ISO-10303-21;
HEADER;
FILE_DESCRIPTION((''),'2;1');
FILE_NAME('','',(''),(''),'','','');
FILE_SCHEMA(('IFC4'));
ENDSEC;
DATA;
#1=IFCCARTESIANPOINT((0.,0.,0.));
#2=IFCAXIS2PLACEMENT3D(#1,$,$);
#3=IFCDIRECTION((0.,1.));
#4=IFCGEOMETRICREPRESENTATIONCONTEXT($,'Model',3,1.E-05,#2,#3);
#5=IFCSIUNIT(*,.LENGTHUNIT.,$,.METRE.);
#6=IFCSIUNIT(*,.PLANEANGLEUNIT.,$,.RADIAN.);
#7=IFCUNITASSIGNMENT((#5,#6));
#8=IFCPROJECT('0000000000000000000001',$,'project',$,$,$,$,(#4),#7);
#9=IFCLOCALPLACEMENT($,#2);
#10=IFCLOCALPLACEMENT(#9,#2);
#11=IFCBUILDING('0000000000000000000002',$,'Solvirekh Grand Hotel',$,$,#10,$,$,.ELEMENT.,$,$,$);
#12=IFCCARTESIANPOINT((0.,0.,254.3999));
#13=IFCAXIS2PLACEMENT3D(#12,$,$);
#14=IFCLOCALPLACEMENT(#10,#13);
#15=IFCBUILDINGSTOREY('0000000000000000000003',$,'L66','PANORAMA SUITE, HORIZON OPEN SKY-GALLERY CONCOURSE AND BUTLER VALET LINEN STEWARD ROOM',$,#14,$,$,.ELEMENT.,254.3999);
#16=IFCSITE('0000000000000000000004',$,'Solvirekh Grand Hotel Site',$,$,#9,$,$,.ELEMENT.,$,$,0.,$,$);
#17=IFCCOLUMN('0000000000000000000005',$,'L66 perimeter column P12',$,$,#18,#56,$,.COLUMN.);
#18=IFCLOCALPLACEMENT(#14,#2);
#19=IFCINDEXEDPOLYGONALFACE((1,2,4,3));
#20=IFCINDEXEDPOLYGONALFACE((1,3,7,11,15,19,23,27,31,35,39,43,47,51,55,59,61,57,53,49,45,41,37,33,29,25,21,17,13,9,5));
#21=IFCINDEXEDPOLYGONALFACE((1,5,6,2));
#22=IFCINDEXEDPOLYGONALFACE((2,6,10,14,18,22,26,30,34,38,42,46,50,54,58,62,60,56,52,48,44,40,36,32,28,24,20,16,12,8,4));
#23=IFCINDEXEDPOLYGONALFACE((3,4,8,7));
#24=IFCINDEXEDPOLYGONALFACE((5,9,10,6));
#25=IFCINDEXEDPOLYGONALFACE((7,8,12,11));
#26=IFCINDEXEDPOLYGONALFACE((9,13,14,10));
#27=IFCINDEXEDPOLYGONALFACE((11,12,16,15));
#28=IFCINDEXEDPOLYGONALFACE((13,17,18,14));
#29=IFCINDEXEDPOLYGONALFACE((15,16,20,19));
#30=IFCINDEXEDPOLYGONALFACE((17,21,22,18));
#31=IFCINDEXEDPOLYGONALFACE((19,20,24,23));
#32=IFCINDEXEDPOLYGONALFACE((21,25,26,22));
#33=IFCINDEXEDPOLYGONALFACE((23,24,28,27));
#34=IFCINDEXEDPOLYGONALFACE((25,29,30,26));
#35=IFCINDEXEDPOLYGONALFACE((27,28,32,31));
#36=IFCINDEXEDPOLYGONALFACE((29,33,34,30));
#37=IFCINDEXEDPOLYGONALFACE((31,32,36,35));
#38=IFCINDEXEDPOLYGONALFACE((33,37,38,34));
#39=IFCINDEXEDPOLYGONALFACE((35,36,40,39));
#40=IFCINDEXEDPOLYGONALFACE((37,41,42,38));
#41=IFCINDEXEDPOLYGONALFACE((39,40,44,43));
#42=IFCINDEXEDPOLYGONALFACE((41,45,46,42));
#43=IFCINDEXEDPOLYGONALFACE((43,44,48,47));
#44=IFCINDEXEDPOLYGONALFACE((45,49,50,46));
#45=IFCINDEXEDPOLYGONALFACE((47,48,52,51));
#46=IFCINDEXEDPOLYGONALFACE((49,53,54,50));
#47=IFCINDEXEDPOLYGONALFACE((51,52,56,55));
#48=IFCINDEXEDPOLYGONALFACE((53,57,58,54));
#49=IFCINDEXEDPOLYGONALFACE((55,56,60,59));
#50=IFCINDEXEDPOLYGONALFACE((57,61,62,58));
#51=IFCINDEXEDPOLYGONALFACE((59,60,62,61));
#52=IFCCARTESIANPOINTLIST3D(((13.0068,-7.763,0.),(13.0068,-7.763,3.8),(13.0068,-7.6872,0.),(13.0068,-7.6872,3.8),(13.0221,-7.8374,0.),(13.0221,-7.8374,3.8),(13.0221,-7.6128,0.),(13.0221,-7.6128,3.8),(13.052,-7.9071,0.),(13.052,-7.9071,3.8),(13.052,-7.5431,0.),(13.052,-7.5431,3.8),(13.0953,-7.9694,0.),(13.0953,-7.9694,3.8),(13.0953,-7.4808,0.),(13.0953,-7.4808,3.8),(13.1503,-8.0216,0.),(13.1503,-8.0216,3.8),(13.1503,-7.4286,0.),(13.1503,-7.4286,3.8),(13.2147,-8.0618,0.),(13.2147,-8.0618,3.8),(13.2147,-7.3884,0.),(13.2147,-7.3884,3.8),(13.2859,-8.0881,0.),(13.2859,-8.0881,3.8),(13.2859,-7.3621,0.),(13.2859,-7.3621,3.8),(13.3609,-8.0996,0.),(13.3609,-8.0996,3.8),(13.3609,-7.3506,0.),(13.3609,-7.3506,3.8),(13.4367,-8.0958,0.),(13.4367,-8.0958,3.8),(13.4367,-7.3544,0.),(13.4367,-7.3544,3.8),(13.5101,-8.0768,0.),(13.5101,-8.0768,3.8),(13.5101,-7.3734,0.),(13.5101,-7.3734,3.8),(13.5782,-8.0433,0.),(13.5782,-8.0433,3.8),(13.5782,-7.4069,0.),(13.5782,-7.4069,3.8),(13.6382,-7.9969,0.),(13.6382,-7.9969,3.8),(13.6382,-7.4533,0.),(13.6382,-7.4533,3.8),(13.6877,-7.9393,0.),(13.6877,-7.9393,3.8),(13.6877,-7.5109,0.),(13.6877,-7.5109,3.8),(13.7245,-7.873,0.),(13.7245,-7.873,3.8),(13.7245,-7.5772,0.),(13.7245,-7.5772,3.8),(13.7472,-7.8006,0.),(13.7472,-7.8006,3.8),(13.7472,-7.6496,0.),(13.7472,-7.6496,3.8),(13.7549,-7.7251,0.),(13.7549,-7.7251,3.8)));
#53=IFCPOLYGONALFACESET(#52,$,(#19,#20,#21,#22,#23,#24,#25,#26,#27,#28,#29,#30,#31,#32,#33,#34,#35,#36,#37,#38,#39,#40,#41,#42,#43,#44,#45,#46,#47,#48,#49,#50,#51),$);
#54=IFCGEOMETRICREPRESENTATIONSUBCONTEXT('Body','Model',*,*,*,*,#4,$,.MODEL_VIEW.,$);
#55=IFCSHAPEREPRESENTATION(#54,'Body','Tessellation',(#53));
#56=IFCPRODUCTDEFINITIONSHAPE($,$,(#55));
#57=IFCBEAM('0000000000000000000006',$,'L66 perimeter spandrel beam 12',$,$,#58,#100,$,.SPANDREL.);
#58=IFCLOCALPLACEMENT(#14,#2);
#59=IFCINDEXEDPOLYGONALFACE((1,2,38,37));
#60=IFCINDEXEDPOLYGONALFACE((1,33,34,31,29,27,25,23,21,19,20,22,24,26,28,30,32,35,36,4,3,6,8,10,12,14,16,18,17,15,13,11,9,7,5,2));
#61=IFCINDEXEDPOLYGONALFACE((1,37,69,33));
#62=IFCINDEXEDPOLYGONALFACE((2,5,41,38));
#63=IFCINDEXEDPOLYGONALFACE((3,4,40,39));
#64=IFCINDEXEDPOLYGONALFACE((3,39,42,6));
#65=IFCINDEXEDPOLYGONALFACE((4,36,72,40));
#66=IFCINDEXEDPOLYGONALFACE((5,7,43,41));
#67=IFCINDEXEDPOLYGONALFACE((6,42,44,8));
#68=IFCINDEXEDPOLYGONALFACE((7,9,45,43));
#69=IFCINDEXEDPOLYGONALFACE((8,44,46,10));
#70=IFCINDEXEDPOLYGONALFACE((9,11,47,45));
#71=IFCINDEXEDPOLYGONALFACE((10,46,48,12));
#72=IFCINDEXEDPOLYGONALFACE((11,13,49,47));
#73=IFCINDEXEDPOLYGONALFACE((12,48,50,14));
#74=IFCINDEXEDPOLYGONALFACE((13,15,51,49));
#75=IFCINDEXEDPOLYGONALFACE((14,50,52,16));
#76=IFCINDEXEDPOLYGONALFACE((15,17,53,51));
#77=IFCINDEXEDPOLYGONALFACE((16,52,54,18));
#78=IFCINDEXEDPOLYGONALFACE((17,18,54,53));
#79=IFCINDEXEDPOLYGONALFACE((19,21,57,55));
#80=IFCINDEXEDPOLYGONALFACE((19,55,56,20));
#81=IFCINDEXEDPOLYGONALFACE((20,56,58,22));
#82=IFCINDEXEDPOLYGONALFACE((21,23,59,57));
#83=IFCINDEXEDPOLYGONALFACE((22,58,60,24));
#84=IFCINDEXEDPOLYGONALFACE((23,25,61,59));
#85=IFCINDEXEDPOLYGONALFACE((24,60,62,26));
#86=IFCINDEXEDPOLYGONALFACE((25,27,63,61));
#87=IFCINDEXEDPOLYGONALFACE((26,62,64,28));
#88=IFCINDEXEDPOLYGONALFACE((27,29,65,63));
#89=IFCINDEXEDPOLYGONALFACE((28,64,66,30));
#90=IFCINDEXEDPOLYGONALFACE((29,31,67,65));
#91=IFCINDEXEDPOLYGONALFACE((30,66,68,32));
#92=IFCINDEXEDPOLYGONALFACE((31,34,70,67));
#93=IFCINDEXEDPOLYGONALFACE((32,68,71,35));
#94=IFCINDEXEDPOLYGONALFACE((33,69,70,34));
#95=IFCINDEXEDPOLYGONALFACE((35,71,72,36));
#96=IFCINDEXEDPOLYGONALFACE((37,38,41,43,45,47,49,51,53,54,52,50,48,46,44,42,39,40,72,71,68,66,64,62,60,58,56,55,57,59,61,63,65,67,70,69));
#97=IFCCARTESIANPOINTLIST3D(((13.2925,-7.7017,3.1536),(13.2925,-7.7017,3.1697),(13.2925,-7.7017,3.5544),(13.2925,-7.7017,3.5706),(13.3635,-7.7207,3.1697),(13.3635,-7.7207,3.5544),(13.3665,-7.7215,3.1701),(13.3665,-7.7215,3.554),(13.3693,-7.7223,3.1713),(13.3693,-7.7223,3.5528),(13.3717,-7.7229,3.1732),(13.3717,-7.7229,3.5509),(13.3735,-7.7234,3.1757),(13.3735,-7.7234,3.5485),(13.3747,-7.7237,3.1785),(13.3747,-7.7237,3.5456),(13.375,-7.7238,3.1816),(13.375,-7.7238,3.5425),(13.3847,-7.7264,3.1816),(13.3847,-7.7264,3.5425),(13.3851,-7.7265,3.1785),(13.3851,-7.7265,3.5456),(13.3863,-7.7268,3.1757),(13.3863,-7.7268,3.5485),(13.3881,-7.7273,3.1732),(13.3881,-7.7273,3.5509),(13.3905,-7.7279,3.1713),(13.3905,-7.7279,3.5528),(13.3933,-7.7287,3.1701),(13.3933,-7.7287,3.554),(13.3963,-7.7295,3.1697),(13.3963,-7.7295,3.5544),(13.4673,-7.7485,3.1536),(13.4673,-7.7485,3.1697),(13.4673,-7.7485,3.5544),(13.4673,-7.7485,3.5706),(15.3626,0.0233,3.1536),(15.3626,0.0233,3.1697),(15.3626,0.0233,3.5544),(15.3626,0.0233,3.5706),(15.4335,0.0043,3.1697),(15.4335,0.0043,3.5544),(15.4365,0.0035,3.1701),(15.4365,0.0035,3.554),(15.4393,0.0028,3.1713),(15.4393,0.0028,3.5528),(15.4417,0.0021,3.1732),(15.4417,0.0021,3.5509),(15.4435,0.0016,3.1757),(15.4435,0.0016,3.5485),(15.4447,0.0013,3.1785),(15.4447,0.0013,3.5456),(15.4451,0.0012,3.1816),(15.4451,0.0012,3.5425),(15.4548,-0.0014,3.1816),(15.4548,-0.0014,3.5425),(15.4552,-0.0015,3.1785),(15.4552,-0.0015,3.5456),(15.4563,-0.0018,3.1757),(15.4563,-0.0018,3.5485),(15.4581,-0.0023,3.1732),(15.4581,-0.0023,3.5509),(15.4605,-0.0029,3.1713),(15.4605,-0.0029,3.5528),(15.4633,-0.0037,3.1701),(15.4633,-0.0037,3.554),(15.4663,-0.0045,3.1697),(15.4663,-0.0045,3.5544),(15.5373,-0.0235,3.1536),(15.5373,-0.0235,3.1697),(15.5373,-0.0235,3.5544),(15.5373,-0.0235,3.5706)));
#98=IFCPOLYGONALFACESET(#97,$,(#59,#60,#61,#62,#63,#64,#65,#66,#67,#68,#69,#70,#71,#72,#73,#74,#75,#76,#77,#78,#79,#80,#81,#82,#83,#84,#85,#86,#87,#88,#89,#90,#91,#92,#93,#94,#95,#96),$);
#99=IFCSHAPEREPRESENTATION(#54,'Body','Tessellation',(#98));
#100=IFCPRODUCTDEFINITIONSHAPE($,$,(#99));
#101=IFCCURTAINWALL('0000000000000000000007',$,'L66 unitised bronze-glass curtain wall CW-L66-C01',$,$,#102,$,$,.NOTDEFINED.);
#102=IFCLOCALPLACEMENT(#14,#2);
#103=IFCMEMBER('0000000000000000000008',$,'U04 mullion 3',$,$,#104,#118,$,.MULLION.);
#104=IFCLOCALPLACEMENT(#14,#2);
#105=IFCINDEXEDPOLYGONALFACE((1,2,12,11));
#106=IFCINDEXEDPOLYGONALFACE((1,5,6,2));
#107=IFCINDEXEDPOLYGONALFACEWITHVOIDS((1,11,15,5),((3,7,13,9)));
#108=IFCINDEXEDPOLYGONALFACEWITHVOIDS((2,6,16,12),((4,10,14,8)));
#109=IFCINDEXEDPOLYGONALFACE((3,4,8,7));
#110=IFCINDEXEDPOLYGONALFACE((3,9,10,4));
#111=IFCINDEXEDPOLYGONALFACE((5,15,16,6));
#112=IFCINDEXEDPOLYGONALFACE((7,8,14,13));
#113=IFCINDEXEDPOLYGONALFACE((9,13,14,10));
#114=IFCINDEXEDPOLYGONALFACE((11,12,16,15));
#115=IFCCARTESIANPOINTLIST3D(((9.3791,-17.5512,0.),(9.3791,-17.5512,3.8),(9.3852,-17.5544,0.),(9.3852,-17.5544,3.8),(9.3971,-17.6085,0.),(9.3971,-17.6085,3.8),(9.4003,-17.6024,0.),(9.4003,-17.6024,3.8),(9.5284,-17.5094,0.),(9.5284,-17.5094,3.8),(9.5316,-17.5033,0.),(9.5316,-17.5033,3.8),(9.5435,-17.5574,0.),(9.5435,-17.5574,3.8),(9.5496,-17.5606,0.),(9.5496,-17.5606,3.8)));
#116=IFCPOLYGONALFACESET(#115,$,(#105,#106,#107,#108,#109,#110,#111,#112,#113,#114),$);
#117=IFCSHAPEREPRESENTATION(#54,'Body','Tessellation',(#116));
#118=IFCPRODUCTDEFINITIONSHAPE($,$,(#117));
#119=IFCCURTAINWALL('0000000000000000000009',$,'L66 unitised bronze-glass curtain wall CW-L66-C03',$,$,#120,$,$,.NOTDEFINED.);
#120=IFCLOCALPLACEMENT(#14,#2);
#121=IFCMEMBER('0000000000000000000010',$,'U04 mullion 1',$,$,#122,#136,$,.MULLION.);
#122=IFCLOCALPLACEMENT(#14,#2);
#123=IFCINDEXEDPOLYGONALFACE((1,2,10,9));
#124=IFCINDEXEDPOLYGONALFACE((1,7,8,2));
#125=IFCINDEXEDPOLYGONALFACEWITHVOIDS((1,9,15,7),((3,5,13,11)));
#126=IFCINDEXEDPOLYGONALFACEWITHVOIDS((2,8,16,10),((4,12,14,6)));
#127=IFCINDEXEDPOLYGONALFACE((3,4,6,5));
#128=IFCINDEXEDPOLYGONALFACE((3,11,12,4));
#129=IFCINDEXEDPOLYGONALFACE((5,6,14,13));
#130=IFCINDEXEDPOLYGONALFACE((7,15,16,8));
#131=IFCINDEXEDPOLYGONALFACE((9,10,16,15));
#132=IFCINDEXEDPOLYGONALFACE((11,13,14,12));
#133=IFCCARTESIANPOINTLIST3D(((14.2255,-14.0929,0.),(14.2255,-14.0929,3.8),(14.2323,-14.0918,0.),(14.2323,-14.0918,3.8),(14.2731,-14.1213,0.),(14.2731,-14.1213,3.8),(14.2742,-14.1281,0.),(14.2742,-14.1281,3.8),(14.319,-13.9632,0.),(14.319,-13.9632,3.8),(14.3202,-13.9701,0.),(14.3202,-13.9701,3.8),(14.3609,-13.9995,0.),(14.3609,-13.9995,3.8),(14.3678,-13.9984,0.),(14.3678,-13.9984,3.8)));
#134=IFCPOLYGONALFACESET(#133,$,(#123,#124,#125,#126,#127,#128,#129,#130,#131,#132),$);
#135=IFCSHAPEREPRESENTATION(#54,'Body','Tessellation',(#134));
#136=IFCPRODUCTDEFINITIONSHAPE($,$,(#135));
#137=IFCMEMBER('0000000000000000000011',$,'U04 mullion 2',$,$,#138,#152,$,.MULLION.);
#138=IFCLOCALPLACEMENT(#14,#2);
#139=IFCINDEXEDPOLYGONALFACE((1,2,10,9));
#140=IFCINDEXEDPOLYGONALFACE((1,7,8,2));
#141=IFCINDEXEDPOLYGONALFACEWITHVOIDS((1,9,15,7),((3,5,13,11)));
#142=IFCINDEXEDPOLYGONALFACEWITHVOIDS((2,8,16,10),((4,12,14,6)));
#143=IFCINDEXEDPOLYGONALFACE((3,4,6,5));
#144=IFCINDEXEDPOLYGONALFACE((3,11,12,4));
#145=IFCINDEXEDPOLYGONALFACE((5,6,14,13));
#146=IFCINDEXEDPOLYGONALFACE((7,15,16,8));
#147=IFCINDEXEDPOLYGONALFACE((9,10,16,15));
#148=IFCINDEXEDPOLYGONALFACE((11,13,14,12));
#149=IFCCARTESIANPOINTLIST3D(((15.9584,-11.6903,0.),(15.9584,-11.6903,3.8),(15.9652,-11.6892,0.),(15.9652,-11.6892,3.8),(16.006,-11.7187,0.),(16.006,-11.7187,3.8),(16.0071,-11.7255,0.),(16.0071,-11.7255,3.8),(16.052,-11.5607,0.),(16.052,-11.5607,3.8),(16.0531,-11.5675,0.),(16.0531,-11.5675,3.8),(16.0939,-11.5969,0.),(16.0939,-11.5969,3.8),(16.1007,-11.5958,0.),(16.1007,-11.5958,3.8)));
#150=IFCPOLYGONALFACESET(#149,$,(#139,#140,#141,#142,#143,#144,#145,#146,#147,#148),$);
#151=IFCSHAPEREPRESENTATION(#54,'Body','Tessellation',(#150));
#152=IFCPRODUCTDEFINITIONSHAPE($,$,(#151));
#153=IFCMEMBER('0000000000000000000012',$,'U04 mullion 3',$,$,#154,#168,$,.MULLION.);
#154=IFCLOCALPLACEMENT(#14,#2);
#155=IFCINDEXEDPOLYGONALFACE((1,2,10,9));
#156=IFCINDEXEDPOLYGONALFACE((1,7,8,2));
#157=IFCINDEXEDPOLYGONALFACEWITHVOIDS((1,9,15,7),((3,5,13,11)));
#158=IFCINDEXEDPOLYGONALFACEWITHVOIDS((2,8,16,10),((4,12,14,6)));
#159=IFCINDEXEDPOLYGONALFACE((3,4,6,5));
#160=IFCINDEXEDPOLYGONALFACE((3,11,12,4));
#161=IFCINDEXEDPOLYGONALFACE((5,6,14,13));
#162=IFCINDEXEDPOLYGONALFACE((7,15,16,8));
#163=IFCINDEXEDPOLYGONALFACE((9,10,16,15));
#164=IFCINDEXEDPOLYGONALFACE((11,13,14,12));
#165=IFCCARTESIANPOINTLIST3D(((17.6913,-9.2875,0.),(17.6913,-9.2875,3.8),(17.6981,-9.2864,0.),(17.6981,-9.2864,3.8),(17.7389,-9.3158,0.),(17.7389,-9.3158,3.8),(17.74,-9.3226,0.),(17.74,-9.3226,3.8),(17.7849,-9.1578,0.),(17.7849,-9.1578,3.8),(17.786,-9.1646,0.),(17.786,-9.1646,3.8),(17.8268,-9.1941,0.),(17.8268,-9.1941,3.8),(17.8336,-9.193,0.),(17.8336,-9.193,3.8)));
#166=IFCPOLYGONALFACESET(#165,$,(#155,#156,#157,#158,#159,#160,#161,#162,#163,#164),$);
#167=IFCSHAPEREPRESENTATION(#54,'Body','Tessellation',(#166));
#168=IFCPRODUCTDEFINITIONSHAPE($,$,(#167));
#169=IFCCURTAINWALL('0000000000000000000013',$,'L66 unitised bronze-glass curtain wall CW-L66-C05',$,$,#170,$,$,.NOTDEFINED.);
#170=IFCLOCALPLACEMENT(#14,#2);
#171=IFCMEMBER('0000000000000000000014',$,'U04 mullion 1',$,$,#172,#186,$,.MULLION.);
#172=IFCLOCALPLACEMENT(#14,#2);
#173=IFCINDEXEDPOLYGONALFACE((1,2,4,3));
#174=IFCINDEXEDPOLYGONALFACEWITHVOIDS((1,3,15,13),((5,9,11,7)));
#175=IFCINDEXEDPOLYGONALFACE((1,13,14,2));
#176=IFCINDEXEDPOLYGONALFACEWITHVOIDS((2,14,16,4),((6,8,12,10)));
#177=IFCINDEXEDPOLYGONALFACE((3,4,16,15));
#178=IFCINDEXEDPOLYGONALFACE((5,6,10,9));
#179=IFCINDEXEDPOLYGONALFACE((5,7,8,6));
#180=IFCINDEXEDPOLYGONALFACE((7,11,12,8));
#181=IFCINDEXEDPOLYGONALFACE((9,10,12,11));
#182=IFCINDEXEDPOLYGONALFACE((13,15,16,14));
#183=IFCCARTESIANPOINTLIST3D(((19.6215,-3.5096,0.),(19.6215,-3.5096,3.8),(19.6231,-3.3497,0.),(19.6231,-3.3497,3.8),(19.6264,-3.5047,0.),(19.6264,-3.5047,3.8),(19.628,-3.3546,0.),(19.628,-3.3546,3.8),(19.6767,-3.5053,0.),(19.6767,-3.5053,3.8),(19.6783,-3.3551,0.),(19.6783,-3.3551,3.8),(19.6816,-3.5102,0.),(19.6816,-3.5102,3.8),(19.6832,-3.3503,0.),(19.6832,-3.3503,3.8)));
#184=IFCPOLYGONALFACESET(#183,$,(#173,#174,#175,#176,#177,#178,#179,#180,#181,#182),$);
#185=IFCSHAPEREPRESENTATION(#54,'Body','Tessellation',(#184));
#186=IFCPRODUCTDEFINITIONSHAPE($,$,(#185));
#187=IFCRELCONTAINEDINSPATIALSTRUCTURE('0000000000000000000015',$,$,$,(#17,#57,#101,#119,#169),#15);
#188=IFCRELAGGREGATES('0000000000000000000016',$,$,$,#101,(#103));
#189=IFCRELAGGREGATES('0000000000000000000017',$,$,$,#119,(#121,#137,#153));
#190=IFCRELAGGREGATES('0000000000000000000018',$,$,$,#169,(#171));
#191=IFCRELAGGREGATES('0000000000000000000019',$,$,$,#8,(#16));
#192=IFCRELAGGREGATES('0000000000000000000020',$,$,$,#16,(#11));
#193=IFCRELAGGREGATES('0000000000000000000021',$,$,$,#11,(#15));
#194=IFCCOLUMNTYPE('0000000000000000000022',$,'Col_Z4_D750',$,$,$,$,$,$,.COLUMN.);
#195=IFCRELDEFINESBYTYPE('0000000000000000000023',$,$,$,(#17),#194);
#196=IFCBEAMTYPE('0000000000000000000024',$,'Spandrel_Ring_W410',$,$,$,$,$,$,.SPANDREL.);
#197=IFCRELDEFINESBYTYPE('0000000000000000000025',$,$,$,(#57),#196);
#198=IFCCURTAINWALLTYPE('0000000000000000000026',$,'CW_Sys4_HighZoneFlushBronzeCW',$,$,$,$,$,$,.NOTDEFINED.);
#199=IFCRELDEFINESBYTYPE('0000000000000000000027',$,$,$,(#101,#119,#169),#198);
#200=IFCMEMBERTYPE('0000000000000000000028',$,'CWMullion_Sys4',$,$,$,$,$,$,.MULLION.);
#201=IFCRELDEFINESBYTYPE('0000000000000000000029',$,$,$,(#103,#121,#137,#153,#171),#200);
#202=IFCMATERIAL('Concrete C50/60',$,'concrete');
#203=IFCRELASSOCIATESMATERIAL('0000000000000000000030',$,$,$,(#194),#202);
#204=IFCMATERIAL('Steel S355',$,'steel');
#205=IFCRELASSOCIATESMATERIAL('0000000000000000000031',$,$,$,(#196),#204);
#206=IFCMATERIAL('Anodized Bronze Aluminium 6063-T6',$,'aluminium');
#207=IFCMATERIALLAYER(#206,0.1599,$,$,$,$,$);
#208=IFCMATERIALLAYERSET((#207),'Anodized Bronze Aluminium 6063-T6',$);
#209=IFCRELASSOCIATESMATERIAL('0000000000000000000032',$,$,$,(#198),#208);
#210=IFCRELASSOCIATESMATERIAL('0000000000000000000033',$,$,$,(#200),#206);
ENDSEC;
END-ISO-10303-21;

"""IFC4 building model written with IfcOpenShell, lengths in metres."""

from ifc_helpers import new_model, si_unit, direction, frame, origin, origin_2d, place, context, subcontext, project, spatial, hollow_rectangle, circle, i_section, extrude, source, transform, mapped, material, layer, layer_set, material_profile, profile_set, type_object, element, aggregate, save


model = new_model("IFC4")

# Units and contexts
model_context = context("Model", 3, precision=1e-05, world=origin(), true_north=direction((0.0, 1.0)))
body_context = subcontext(model_context, "Body", "Model", "MODEL_VIEW")
ifc_project = project(units=[si_unit("LENGTHUNIT", "METRE"), si_unit("PLANEANGLEUNIT", "RADIAN")], contexts=[model_context])

# Site, building, storey
site_placement = place(None, origin())
site = spatial("IfcSite", under=ifc_project, at=site_placement, Name="Solvirekh Grand Hotel Site", CompositionType="ELEMENT", RefElevation=0.0)
building_placement = place(site_placement, origin())
building = spatial("IfcBuilding", under=site, at=building_placement, Name="Solvirekh Grand Hotel", CompositionType="ELEMENT")
storey_placement = place(building_placement, frame((0.0, 0.0, 254.3999)))
storey = spatial("IfcBuildingStorey", under=building, at=storey_placement, Name="L66", Description="PANORAMA SUITE, HORIZON OPEN SKY-GALLERY CONCOURSE AND BUTLER VALET LINEN STEWARD ROOM", CompositionType="ELEMENT", Elevation=254.3999)

# Column
ifc_material_1 = material(Name="Concrete C50/60", Category="concrete")
ifc_material_profile_1 = material_profile(ifc_material_1, circle(Radius=0.375, at=origin_2d()), Name="RC CIRC D750")
ifc_profile_set_1 = profile_set([ifc_material_profile_1], Name="Concrete C50/60")
column_type = type_object("IfcColumnType", Name="Col_Z4_D750", PredefinedType="COLUMN", material=ifc_profile_set_1)
column_placement = place(storey_placement, frame((13.3799, -7.7251, 0.0), z_axis=(0.0, 0.0, 1.0), x_axis=(1.0, 0.0, 0.0)))
element("IfcColumn", 1, at=column_placement, inside=storey, type_object=column_type, Name="L66 perimeter column P12", PredefinedType="COLUMN", context=body_context, shape_type="SweptSolid", body=[
    extrude(circle(Radius=0.375, at=origin_2d()), origin(), (0.0, 0.0, 1.0), 3.8),
])

# Beam
ifc_material_2 = material(Name="Steel S355", Category="steel")
ifc_material_profile_2 = material_profile(ifc_material_2, i_section(OverallWidth=0.1809, OverallDepth=0.417, WebThickness=0.01, FlangeThickness=0.0161, FilletRadius=0.012, at=origin_2d()), Name="W410X85")
ifc_profile_set_2 = profile_set([ifc_material_profile_2], Name="Steel S355")
beam_type = type_object("IfcBeamType", Name="Spandrel_Ring_W410", PredefinedType="SPANDREL", material=ifc_profile_set_2)
beam_placement = place(storey_placement, frame((13.3799, -7.7251, 3.3621), z_axis=(0.258835, 0.965922, 0.0), x_axis=(-0.965922, 0.258835, 0.0)))
element("IfcBeam", 2, at=beam_placement, inside=storey, type_object=beam_type, Name="L66 perimeter spandrel beam 12", PredefinedType="SPANDREL", context=body_context, shape_type="SweptSolid", body=[
    extrude(i_section(OverallWidth=0.1809, OverallDepth=0.417, WebThickness=0.01, FlangeThickness=0.0161, FilletRadius=0.012, at=origin_2d()), origin(), (0.0, 0.0, 1.0), 7.9976),
])

# Curtain wall, member
ifc_material_3 = material(Name="Anodized Bronze Aluminium 6063-T6", Category="aluminium")
ifc_layer_1 = layer(ifc_material_3, 0.1599)
ifc_layer_set_1 = layer_set([ifc_layer_1], Name="Anodized Bronze Aluminium 6063-T6")
curtain_wall_type = type_object("IfcCurtainWallType", Name="CW_Sys4_HighZoneFlushBronzeCW", PredefinedType="NOTDEFINED", material=ifc_layer_set_1)
curtain_wall_1_placement = place(storey_placement, origin())
curtain_wall_1 = element("IfcCurtainWall", 3, at=curtain_wall_1_placement, inside=storey, type_object=curtain_wall_type, Name="L66 unitised bronze-glass curtain wall CW-L66-C01", PredefinedType="NOTDEFINED")
ifc_material_profile_3 = material_profile(ifc_material_3, hollow_rectangle(XDim=0.0601, YDim=0.1599, WallThickness=0.0049, at=origin_2d()), Name="ALU RHS 160X60X5")
ifc_profile_set_3 = profile_set([ifc_material_profile_3], Name="Anodized Bronze Aluminium 6063-T6")
member_type_1 = type_object("IfcMemberType", Name="CWMullion_Sys4", PredefinedType="MULLION", material=ifc_profile_set_3)
shared_shape_1 = source(origin(), body_context, "Body", "SweptSolid", [
    extrude(hollow_rectangle(XDim=0.0601, YDim=0.1599, WallThickness=0.0049, at=origin_2d()), origin(), (0.0, 0.0, 1.0), 3.8),
])
member_1_placement = place(storey_placement, frame((9.4644, -17.5559, 0.0), z_axis=(0.0, 0.0, 1.0), x_axis=(-0.299574, 0.954073, 0.0)))
member_1 = element("IfcMember", 4, at=member_1_placement, type_object=member_type_1, Name="U04 mullion 3", PredefinedType="MULLION", context=body_context, shape_type="MappedRepresentation", body=[
    mapped(shared_shape_1, transform((0.0, 0.0, 0.0), x_axis=(1.0, 0.0, 0.0), y_axis=(0.0, 1.0, 0.0), z_axis=(0.0, 0.0, 1.0), scale=1.0)),
])

# Curtain walls, members
curtain_wall_2_placement = place(storey_placement, origin())
curtain_wall_2 = element("IfcCurtainWall", 5, at=curtain_wall_2_placement, inside=storey, type_object=curtain_wall_type, Name="L66 unitised bronze-glass curtain wall CW-L66-C03", PredefinedType="NOTDEFINED")
member_2_placement = place(storey_placement, frame((14.2966, -14.0457, 0.0), z_axis=(0.0, 0.0, 1.0), x_axis=(-0.811049, 0.584978, 0.0)))
member_2 = element("IfcMember", 6, at=member_2_placement, type_object=member_type_1, Name="U04 mullion 1", PredefinedType="MULLION", context=body_context, shape_type="MappedRepresentation", body=[
    mapped(shared_shape_1, transform((0.0, 0.0, 0.0), x_axis=(1.0, 0.0, 0.0), y_axis=(0.0, 1.0, 0.0), z_axis=(0.0, 0.0, 1.0), scale=1.0)),
])
member_3_placement = place(storey_placement, frame((16.0295, -11.6431, 0.0), z_axis=(0.0, 0.0, 1.0), x_axis=(-0.811049, 0.584978, 0.0)))
member_3 = element("IfcMember", 7, at=member_3_placement, type_object=member_type_1, Name="U04 mullion 2", PredefinedType="MULLION", context=body_context, shape_type="MappedRepresentation", body=[
    mapped(shared_shape_1, transform((0.0, 0.0, 0.0), x_axis=(1.0, 0.0, 0.0), y_axis=(0.0, 1.0, 0.0), z_axis=(0.0, 0.0, 1.0), scale=1.0)),
])
member_4_placement = place(storey_placement, frame((17.7625, -9.2402, 0.0), z_axis=(0.0, 0.0, 1.0), x_axis=(-0.811049, 0.584978, 0.0)))
member_4 = element("IfcMember", 8, at=member_4_placement, type_object=member_type_1, Name="U04 mullion 3", PredefinedType="MULLION", context=body_context, shape_type="MappedRepresentation", body=[
    mapped(shared_shape_1, transform((0.0, 0.0, 0.0), x_axis=(1.0, 0.0, 0.0), y_axis=(0.0, 1.0, 0.0), z_axis=(0.0, 0.0, 1.0), scale=1.0)),
])
curtain_wall_3_placement = place(storey_placement, origin())
curtain_wall_3 = element("IfcCurtainWall", 9, at=curtain_wall_3_placement, inside=storey, type_object=curtain_wall_type, Name="L66 unitised bronze-glass curtain wall CW-L66-C05", PredefinedType="NOTDEFINED")
member_5_placement = place(storey_placement, frame((19.6523, -3.4299, 0.0), z_axis=(0.0, 0.0, 1.0), x_axis=(-0.999948, 0.010172, 0.0)))
member_5 = element("IfcMember", 10, at=member_5_placement, type_object=member_type_1, Name="U04 mullion 1", PredefinedType="MULLION", context=body_context, shape_type="MappedRepresentation", body=[
    mapped(shared_shape_1, transform((0.0, 0.0, 0.0), x_axis=(1.0, 0.0, 0.0), y_axis=(0.0, 1.0, 0.0), z_axis=(0.0, 0.0, 1.0), scale=1.0)),
])

aggregate(curtain_wall_1, [member_1])
aggregate(curtain_wall_2, [member_2, member_3, member_4])
aggregate(curtain_wall_3, [member_5])

save(model, "model.ifc")
